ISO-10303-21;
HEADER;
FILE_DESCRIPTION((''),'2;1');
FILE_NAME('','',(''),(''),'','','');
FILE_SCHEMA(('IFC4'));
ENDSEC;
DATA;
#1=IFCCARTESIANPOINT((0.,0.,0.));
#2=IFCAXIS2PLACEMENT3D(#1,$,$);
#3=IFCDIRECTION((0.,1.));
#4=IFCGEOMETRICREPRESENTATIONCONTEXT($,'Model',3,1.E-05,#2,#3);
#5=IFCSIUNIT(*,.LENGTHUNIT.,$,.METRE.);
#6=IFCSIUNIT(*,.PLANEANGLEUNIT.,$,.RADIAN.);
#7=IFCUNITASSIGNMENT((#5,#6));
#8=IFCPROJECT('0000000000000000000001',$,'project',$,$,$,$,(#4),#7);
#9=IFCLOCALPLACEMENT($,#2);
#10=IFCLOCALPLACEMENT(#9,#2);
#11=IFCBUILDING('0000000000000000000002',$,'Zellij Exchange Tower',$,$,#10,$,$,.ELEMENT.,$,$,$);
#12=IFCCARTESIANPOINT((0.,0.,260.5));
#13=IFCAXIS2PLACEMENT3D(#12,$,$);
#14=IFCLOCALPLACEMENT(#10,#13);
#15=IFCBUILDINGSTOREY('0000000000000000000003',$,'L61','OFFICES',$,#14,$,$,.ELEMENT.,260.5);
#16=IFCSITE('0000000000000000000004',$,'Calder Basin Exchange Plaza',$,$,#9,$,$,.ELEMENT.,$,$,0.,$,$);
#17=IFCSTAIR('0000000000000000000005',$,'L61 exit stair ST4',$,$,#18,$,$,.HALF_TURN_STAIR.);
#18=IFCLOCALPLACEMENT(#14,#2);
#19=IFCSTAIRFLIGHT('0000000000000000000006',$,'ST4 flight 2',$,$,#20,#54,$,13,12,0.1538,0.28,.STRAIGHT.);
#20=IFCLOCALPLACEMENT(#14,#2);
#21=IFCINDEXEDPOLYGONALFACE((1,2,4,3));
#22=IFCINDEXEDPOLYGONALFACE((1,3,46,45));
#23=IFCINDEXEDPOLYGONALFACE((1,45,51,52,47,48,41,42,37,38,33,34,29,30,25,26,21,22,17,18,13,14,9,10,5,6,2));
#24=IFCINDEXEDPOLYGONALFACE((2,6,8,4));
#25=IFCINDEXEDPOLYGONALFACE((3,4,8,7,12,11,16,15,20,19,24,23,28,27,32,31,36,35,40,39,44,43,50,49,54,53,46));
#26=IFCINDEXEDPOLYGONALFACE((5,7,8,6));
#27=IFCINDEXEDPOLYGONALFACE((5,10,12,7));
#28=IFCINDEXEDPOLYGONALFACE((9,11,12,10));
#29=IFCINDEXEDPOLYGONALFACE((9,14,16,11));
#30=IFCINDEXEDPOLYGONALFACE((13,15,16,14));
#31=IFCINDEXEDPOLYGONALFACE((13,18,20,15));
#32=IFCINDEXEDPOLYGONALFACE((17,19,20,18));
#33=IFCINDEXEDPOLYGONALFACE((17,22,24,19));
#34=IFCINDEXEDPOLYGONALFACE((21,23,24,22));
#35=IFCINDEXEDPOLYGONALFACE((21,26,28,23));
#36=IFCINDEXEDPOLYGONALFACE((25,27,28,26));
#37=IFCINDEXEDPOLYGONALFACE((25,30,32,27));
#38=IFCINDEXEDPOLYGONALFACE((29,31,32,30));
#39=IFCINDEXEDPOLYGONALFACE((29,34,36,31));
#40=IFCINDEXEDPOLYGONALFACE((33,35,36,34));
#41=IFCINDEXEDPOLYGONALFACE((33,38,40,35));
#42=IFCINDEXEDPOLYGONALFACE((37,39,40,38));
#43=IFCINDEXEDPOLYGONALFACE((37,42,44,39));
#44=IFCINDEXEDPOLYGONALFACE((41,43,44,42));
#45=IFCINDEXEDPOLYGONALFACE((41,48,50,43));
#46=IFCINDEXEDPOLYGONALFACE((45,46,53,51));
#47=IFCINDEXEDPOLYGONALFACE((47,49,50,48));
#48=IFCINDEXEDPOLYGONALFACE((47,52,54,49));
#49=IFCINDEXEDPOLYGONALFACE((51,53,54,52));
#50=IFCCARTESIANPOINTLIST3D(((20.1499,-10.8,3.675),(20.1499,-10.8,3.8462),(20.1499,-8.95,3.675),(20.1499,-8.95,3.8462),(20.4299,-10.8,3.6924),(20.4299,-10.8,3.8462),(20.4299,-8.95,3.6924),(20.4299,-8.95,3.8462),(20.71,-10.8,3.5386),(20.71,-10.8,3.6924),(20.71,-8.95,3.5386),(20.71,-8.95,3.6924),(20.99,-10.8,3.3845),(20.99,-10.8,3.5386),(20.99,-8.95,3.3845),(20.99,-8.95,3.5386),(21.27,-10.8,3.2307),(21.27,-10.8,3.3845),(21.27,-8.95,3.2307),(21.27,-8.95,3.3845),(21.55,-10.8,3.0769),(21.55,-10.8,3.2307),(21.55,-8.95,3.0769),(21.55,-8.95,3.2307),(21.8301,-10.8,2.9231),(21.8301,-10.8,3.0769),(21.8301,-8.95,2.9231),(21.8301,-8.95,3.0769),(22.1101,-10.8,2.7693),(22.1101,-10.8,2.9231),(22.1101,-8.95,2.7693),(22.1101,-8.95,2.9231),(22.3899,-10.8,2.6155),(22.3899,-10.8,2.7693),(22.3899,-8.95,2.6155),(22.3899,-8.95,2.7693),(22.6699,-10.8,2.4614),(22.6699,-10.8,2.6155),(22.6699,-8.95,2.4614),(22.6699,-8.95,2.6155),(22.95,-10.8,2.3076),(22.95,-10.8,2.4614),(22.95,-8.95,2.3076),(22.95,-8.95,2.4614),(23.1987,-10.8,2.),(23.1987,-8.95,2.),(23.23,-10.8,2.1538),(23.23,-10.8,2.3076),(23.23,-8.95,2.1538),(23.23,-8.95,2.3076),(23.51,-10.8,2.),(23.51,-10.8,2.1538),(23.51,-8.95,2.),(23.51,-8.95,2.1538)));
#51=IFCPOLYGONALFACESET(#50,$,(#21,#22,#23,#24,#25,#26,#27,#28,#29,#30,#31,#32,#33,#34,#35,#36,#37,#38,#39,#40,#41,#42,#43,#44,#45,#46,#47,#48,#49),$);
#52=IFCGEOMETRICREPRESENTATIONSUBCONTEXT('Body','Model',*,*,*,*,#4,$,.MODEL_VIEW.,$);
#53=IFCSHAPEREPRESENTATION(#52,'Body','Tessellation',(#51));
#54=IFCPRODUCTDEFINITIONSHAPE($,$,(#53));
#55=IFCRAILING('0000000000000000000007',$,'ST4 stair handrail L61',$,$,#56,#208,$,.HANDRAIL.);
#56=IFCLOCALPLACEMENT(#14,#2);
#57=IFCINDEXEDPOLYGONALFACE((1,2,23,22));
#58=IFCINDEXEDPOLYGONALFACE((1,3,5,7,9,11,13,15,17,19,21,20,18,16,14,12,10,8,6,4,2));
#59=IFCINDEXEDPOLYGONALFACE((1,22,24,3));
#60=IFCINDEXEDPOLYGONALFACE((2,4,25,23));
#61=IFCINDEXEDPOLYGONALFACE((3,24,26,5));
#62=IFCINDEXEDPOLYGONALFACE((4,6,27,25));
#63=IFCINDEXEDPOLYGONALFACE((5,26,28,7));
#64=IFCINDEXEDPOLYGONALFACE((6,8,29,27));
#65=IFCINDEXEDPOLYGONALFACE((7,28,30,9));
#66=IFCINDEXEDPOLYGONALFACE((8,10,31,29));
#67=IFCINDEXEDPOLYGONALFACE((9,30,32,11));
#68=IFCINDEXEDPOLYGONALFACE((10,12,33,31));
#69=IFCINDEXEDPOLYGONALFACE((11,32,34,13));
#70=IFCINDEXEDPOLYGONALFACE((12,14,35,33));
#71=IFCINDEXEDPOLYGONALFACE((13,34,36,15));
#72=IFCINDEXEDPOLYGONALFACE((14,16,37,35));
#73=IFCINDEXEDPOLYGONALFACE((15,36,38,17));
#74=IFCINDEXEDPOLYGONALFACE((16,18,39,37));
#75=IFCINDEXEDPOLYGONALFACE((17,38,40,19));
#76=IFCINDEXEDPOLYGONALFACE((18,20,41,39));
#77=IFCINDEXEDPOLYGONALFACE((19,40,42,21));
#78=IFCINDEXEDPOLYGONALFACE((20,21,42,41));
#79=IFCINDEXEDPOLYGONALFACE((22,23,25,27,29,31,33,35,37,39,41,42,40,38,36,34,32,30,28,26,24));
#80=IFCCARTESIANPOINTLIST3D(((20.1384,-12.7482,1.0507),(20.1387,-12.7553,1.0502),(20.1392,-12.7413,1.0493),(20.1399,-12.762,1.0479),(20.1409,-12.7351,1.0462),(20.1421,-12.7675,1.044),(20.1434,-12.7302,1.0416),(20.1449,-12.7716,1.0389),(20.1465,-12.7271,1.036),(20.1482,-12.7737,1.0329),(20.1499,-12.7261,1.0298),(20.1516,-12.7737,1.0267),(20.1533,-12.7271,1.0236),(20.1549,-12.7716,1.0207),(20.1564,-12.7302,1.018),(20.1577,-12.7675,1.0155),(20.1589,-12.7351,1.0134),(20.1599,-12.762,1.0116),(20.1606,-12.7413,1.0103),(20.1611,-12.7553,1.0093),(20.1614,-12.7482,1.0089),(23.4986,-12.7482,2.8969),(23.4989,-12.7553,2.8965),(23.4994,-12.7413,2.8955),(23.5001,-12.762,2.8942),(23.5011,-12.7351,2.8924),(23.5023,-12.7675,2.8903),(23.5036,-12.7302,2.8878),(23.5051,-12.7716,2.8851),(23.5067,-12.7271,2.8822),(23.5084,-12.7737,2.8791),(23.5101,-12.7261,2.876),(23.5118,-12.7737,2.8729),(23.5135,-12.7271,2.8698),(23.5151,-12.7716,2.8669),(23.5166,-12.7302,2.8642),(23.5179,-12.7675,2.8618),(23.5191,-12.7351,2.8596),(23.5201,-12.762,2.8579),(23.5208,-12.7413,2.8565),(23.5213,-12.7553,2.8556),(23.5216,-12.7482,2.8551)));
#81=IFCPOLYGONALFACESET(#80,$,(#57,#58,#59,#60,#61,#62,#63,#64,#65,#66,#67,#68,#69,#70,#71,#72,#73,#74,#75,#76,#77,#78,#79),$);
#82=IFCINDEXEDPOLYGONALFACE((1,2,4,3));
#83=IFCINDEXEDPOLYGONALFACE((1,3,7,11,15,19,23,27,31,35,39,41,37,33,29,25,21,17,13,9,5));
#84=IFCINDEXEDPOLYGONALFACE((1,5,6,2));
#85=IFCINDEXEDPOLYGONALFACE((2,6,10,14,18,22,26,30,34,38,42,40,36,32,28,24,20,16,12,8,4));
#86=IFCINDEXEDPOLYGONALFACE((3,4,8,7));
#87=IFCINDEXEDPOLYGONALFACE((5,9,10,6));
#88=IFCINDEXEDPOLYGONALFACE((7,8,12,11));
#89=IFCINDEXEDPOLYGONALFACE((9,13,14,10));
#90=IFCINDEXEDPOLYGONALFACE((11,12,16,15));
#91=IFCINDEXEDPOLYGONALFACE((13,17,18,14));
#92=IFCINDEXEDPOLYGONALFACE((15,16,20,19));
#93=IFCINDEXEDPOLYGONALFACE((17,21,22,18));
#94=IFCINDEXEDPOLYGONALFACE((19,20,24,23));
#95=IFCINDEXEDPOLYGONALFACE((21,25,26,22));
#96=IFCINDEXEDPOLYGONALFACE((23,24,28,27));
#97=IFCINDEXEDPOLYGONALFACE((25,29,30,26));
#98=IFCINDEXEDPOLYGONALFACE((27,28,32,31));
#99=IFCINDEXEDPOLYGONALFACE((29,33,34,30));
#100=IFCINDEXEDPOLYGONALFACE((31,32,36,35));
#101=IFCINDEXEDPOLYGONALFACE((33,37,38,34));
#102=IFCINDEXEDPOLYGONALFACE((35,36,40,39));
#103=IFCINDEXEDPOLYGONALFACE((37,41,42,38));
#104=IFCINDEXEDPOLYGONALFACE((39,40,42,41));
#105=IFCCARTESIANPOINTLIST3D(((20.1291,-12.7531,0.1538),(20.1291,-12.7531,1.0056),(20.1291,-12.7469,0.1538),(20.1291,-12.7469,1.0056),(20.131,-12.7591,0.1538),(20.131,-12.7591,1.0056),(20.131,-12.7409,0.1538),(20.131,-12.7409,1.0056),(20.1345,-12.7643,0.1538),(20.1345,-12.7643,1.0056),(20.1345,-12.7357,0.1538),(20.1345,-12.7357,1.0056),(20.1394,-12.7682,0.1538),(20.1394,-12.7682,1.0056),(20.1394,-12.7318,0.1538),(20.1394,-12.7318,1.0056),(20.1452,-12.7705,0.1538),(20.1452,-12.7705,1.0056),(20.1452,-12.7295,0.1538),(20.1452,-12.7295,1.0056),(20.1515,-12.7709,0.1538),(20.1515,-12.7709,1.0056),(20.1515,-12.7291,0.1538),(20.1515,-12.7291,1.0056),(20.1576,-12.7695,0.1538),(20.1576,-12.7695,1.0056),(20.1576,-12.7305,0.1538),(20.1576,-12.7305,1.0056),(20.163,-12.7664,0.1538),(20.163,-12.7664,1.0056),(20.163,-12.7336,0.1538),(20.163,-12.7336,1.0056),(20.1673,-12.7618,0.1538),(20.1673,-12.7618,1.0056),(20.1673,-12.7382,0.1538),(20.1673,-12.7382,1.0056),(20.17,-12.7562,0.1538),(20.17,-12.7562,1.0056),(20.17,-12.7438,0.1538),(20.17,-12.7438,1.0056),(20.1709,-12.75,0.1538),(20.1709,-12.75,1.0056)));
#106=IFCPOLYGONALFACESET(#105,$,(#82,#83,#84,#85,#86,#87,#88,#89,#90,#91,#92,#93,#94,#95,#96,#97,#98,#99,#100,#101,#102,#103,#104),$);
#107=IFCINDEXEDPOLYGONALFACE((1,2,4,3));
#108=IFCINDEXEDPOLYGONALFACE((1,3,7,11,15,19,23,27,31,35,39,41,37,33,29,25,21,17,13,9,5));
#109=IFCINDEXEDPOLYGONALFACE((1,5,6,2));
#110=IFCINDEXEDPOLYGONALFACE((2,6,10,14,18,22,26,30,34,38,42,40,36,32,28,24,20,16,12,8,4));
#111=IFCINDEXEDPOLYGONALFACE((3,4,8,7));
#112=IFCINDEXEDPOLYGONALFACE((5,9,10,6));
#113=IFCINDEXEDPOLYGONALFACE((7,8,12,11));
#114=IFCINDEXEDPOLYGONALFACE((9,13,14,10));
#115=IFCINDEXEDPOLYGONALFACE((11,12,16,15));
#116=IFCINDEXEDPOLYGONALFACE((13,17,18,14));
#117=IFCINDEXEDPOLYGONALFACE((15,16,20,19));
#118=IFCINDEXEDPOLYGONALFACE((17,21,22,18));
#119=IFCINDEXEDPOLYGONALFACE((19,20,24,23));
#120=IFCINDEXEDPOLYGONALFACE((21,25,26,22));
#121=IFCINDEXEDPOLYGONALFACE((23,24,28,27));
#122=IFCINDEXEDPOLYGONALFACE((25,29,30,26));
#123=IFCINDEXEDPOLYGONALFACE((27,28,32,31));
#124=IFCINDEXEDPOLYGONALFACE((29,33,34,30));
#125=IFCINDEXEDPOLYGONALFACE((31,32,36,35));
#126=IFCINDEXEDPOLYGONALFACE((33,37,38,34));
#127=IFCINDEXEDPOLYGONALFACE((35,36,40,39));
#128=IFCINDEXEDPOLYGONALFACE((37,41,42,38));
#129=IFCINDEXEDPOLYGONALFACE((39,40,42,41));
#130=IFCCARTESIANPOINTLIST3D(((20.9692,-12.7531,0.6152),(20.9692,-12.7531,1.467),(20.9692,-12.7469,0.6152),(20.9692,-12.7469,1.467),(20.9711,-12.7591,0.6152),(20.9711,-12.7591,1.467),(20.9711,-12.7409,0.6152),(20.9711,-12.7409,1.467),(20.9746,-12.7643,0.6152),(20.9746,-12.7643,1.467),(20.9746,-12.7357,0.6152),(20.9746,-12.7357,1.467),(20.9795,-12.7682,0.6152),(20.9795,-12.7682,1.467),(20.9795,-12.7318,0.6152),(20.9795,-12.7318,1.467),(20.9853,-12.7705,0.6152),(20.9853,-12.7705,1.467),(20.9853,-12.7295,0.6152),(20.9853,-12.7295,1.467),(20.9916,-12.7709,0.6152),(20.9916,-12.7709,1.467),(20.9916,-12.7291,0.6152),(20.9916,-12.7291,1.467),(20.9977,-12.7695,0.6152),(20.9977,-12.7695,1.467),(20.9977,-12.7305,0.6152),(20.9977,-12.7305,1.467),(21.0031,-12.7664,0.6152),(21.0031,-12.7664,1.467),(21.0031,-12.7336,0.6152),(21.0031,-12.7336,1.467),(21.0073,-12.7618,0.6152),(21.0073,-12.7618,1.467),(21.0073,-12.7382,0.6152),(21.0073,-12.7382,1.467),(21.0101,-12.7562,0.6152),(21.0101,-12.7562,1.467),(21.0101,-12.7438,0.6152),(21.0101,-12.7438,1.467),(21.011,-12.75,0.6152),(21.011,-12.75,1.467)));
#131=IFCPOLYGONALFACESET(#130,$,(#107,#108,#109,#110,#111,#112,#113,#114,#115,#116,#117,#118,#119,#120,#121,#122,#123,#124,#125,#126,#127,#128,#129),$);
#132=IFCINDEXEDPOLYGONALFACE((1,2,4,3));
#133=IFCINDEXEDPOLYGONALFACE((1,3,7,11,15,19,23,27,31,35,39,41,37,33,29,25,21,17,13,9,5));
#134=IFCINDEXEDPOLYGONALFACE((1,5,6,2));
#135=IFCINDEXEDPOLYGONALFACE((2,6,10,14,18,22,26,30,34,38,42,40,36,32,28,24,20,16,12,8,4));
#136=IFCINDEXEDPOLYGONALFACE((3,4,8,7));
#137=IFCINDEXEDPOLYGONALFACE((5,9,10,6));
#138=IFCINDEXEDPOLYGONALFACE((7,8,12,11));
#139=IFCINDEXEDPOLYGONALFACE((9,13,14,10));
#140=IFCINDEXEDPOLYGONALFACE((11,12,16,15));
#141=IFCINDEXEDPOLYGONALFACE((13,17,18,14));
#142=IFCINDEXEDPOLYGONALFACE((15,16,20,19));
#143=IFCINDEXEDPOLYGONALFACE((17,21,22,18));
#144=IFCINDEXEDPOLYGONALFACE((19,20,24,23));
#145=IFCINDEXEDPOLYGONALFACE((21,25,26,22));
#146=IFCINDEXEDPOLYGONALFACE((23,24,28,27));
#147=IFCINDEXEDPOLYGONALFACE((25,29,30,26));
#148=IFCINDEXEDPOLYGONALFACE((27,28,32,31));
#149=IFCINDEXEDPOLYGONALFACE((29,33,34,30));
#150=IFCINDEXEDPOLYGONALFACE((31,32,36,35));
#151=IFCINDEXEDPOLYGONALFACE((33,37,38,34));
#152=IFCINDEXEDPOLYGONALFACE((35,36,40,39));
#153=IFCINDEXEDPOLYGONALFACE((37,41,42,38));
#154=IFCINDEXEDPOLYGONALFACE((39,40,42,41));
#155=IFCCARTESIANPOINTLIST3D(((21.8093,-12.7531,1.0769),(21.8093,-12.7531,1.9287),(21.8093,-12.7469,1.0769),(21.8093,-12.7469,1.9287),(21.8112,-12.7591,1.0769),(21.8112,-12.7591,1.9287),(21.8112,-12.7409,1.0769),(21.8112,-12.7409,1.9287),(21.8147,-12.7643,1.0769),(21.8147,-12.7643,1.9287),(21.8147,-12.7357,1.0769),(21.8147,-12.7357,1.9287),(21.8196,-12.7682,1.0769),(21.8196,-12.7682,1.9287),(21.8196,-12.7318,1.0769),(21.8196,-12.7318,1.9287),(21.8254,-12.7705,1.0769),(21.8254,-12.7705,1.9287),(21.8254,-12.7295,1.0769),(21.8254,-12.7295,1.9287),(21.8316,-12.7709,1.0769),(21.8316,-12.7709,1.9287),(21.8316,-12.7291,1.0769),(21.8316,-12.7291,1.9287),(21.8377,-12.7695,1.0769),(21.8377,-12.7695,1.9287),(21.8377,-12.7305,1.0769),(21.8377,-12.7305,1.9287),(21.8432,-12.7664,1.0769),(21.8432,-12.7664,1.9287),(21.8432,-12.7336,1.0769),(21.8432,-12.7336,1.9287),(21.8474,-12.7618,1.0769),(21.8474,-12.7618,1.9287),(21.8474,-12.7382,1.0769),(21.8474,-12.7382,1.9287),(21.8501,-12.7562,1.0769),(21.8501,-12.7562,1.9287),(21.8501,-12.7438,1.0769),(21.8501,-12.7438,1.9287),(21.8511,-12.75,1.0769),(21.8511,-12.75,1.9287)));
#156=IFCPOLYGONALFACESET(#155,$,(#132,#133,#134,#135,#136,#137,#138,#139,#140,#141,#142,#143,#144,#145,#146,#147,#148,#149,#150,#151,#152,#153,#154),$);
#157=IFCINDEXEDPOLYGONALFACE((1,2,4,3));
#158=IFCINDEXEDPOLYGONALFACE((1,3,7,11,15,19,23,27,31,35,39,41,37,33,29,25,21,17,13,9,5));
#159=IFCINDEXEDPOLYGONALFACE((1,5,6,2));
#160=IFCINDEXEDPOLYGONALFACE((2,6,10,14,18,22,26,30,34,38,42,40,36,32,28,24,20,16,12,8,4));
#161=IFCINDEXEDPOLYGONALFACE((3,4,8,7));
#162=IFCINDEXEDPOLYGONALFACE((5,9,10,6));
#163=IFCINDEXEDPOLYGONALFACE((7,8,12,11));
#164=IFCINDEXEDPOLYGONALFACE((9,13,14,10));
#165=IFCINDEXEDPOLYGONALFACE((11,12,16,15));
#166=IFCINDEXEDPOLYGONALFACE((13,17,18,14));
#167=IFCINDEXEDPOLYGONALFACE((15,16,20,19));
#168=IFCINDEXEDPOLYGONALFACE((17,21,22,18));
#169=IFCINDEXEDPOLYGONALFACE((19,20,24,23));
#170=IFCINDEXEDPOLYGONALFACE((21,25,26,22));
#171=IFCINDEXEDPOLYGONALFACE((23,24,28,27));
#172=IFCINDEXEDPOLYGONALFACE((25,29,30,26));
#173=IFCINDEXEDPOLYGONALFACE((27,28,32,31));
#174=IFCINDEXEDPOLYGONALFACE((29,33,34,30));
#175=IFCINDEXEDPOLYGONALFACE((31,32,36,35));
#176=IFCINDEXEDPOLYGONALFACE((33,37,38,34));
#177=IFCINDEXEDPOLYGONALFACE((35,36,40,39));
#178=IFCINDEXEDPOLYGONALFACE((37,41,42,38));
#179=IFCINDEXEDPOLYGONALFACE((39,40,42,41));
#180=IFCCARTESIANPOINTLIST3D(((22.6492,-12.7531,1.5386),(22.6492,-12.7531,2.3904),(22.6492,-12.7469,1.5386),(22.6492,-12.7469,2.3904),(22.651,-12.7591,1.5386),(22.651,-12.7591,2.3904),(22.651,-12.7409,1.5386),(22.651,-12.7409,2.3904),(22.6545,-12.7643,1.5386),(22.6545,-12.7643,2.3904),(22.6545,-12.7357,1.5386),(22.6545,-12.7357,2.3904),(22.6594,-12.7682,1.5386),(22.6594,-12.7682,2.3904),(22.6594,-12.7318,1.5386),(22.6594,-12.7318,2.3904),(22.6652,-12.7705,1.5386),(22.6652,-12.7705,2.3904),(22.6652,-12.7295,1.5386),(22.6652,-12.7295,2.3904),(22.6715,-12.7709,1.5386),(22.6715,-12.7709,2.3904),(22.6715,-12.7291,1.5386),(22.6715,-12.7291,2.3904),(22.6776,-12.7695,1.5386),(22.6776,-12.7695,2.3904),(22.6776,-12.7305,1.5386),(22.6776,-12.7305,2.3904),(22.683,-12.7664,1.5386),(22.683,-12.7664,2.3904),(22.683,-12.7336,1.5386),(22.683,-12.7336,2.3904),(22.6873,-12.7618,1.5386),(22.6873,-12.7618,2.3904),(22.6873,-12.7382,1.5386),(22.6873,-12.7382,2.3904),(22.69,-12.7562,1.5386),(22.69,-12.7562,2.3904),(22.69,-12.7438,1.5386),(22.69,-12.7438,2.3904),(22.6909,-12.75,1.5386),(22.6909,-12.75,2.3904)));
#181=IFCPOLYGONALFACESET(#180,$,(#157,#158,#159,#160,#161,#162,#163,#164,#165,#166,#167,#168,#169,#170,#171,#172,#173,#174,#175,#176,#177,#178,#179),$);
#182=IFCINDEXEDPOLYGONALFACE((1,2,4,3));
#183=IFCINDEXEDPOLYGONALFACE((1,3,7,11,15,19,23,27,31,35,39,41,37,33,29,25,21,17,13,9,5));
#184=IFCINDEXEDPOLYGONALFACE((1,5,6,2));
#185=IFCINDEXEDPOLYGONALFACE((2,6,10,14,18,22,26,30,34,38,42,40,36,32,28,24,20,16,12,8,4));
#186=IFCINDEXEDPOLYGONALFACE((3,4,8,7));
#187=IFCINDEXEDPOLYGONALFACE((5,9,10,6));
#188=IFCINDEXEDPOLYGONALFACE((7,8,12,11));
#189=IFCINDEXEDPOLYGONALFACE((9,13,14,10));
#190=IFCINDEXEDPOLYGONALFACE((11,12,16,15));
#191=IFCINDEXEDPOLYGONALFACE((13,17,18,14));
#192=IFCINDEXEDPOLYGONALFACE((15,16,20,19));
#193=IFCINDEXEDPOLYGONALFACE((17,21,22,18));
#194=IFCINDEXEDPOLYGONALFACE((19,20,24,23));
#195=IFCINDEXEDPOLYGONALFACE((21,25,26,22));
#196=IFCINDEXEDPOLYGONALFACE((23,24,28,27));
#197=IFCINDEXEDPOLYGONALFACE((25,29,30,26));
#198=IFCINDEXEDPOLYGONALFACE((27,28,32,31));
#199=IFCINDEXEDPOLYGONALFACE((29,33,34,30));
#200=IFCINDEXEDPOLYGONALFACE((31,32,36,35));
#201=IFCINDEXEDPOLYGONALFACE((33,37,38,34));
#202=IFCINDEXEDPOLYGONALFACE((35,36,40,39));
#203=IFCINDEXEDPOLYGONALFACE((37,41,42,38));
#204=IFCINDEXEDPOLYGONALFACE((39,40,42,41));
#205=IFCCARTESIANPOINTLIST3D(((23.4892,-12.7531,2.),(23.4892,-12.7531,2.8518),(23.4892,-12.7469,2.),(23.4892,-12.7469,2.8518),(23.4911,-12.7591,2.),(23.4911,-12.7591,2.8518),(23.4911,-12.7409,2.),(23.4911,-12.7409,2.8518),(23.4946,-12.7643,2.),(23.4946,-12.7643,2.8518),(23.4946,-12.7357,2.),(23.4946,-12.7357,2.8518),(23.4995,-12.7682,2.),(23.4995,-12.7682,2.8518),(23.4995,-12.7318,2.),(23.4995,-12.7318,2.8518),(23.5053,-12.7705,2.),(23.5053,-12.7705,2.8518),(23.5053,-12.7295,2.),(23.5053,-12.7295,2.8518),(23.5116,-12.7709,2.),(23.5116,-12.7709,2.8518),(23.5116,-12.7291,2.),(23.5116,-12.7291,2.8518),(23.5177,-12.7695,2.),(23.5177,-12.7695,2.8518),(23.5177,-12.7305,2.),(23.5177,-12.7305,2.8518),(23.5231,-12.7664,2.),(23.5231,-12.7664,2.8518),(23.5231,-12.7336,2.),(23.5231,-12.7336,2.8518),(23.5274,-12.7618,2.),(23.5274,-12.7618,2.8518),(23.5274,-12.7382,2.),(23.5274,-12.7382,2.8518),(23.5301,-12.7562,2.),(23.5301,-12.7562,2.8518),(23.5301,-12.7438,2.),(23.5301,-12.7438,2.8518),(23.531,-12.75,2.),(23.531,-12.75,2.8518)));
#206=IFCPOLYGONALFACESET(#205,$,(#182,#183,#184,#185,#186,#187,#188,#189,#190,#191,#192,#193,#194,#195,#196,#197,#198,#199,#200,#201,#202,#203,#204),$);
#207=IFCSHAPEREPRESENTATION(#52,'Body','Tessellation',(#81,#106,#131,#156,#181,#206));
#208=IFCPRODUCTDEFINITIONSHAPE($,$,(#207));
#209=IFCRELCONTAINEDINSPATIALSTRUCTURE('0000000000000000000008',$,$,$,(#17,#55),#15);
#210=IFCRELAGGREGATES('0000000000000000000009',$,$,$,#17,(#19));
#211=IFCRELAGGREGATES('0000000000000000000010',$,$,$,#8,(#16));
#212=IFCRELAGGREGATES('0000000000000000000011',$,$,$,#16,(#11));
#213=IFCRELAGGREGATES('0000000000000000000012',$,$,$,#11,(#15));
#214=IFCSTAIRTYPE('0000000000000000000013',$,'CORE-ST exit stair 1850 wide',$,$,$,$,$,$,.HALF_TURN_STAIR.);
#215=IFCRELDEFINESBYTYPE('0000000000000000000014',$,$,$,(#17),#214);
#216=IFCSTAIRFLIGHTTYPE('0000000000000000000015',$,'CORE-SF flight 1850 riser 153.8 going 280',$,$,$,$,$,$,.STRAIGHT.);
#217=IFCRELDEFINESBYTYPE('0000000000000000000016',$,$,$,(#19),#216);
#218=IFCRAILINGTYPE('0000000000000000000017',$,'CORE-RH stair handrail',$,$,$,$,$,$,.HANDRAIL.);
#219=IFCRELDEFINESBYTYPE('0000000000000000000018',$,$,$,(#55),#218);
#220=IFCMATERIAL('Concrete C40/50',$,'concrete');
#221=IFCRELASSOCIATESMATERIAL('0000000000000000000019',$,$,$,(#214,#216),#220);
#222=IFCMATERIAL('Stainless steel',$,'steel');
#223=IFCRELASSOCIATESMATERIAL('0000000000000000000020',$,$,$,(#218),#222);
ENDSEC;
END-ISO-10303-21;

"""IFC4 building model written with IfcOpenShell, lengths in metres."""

from ifc_helpers import new_model, si_unit, direction, frame, origin, origin_2d, place, context, subcontext, project, spatial, polyline, circle, outline, extrude, material, type_object, element, aggregate, save


model = new_model("IFC4")

# Units and contexts
model_context = context("Model", 3, precision=1e-05, world=origin(), true_north=direction((0.0, 1.0)))
body_context = subcontext(model_context, "Body", "Model", "MODEL_VIEW")
ifc_project = project(units=[si_unit("LENGTHUNIT", "METRE"), si_unit("PLANEANGLEUNIT", "RADIAN")], contexts=[model_context])

# Site, building, storey
site_placement = place(None, origin())
site = spatial("IfcSite", under=ifc_project, at=site_placement, Name="Calder Basin Exchange Plaza", CompositionType="ELEMENT", RefElevation=0.0)
building_placement = place(site_placement, origin())
building = spatial("IfcBuilding", under=site, at=building_placement, Name="Zellij Exchange Tower", CompositionType="ELEMENT")
storey_placement = place(building_placement, frame((0.0, 0.0, 260.5)))
storey = spatial("IfcBuildingStorey", under=building, at=storey_placement, Name="L61", Description="OFFICES", CompositionType="ELEMENT", Elevation=260.5)

# Stair, stair flight
ifc_material_1 = material(Name="Concrete C40/50", Category="concrete")
stair_type = type_object("IfcStairType", Name="CORE-ST exit stair 1850 wide", PredefinedType="HALF_TURN_STAIR", material=ifc_material_1)
stair_placement = place(storey_placement, origin())
stair = element("IfcStair", 1, at=stair_placement, inside=storey, type_object=stair_type, Name="L61 exit stair ST4", PredefinedType="HALF_TURN_STAIR")
stair_flight_type = type_object("IfcStairFlightType", Name="CORE-SF flight 1850 riser 153.8 going 280", PredefinedType="STRAIGHT", material=ifc_material_1)
stair_flight_1_placement = place(storey_placement, frame((23.51, -9.875, 2.0), z_axis=(0.0, 0.0, 1.0), x_axis=(-1.0, 0.0, 0.0)))
stair_flight_1 = element("IfcStairFlight", 2, at=stair_flight_1_placement, type_object=stair_flight_type, Name="ST4 flight 2", NumberOfRisers=13, NumberOfTreads=12, PredefinedType="STRAIGHT", RiserHeight=0.1538, TreadLength=0.28, context=body_context, shape_type="SweptSolid", body=[
    extrude(outline(polyline([(0.0, 0.0), (0.0, 0.1538), (0.28, 0.1538), (0.28, 0.3076), (0.5601, 0.3076), (0.5601, 0.4614), (0.8401, 0.4614), (0.8401, 0.6155), (1.1201, 0.6155), (1.1201, 0.7693), (1.3999, 0.7693), (1.3999, 0.9231), (1.6799, 0.9231), (1.6799, 1.0769), (1.96, 1.0769), (1.96, 1.2307), (2.24, 1.2307), (2.24, 1.3845), (2.52, 1.3845), (2.52, 1.5386), (2.8, 1.5386), (2.8, 1.6924), (3.0801, 1.6924), (3.0801, 1.8462), (3.3601, 1.8462), (3.3601, 2.0), (3.3601, 1.675), (0.3113, 0.0), (0.0, 0.0)])), frame((0.0, 0.925, 0.0), z_axis=(0.0, -1.0, 0.0), x_axis=(1.0, 0.0, 0.0)), (0.0, 0.0, 1.0), 1.8501),
])
aggregate(stair, [stair_flight_1])

# Railing
ifc_material_2 = material(Name="Stainless steel", Category="steel")
railing_type_1 = type_object("IfcRailingType", Name="CORE-RH stair handrail", PredefinedType="HANDRAIL", material=ifc_material_2)
railing_1_placement = place(storey_placement, frame((20.1499, -12.75, 0.1538)))
element("IfcRailing", 3, at=railing_1_placement, inside=storey, type_object=railing_type_1, Name="ST4 stair handrail L61", PredefinedType="HANDRAIL", context=body_context, shape_type="SweptSolid", body=[
    extrude(circle(Radius=0.0239, at=origin_2d()), frame((0.0, 0.0, 0.876), z_axis=(0.876422, 0.0, 0.481545), x_axis=(0.0, 1.0, 0.0)), (0.0, 0.0, 1.0), 3.834),
    extrude(circle(Radius=0.021, at=origin_2d()), origin(), (0.0, 0.0, 1.0), 0.8518),
    extrude(circle(Radius=0.021, at=origin_2d()), frame((0.8401, 0.0, 0.4614)), (0.0, 0.0, 1.0), 0.8518),
    extrude(circle(Radius=0.021, at=origin_2d()), frame((1.6802, 0.0, 0.9231)), (0.0, 0.0, 1.0), 0.8518),
    extrude(circle(Radius=0.021, at=origin_2d()), frame((2.52, 0.0, 1.3848)), (0.0, 0.0, 1.0), 0.8518),
    extrude(circle(Radius=0.021, at=origin_2d()), frame((3.3601, 0.0, 1.8462)), (0.0, 0.0, 1.0), 0.8518),
])

save(model, "model.ifc")
